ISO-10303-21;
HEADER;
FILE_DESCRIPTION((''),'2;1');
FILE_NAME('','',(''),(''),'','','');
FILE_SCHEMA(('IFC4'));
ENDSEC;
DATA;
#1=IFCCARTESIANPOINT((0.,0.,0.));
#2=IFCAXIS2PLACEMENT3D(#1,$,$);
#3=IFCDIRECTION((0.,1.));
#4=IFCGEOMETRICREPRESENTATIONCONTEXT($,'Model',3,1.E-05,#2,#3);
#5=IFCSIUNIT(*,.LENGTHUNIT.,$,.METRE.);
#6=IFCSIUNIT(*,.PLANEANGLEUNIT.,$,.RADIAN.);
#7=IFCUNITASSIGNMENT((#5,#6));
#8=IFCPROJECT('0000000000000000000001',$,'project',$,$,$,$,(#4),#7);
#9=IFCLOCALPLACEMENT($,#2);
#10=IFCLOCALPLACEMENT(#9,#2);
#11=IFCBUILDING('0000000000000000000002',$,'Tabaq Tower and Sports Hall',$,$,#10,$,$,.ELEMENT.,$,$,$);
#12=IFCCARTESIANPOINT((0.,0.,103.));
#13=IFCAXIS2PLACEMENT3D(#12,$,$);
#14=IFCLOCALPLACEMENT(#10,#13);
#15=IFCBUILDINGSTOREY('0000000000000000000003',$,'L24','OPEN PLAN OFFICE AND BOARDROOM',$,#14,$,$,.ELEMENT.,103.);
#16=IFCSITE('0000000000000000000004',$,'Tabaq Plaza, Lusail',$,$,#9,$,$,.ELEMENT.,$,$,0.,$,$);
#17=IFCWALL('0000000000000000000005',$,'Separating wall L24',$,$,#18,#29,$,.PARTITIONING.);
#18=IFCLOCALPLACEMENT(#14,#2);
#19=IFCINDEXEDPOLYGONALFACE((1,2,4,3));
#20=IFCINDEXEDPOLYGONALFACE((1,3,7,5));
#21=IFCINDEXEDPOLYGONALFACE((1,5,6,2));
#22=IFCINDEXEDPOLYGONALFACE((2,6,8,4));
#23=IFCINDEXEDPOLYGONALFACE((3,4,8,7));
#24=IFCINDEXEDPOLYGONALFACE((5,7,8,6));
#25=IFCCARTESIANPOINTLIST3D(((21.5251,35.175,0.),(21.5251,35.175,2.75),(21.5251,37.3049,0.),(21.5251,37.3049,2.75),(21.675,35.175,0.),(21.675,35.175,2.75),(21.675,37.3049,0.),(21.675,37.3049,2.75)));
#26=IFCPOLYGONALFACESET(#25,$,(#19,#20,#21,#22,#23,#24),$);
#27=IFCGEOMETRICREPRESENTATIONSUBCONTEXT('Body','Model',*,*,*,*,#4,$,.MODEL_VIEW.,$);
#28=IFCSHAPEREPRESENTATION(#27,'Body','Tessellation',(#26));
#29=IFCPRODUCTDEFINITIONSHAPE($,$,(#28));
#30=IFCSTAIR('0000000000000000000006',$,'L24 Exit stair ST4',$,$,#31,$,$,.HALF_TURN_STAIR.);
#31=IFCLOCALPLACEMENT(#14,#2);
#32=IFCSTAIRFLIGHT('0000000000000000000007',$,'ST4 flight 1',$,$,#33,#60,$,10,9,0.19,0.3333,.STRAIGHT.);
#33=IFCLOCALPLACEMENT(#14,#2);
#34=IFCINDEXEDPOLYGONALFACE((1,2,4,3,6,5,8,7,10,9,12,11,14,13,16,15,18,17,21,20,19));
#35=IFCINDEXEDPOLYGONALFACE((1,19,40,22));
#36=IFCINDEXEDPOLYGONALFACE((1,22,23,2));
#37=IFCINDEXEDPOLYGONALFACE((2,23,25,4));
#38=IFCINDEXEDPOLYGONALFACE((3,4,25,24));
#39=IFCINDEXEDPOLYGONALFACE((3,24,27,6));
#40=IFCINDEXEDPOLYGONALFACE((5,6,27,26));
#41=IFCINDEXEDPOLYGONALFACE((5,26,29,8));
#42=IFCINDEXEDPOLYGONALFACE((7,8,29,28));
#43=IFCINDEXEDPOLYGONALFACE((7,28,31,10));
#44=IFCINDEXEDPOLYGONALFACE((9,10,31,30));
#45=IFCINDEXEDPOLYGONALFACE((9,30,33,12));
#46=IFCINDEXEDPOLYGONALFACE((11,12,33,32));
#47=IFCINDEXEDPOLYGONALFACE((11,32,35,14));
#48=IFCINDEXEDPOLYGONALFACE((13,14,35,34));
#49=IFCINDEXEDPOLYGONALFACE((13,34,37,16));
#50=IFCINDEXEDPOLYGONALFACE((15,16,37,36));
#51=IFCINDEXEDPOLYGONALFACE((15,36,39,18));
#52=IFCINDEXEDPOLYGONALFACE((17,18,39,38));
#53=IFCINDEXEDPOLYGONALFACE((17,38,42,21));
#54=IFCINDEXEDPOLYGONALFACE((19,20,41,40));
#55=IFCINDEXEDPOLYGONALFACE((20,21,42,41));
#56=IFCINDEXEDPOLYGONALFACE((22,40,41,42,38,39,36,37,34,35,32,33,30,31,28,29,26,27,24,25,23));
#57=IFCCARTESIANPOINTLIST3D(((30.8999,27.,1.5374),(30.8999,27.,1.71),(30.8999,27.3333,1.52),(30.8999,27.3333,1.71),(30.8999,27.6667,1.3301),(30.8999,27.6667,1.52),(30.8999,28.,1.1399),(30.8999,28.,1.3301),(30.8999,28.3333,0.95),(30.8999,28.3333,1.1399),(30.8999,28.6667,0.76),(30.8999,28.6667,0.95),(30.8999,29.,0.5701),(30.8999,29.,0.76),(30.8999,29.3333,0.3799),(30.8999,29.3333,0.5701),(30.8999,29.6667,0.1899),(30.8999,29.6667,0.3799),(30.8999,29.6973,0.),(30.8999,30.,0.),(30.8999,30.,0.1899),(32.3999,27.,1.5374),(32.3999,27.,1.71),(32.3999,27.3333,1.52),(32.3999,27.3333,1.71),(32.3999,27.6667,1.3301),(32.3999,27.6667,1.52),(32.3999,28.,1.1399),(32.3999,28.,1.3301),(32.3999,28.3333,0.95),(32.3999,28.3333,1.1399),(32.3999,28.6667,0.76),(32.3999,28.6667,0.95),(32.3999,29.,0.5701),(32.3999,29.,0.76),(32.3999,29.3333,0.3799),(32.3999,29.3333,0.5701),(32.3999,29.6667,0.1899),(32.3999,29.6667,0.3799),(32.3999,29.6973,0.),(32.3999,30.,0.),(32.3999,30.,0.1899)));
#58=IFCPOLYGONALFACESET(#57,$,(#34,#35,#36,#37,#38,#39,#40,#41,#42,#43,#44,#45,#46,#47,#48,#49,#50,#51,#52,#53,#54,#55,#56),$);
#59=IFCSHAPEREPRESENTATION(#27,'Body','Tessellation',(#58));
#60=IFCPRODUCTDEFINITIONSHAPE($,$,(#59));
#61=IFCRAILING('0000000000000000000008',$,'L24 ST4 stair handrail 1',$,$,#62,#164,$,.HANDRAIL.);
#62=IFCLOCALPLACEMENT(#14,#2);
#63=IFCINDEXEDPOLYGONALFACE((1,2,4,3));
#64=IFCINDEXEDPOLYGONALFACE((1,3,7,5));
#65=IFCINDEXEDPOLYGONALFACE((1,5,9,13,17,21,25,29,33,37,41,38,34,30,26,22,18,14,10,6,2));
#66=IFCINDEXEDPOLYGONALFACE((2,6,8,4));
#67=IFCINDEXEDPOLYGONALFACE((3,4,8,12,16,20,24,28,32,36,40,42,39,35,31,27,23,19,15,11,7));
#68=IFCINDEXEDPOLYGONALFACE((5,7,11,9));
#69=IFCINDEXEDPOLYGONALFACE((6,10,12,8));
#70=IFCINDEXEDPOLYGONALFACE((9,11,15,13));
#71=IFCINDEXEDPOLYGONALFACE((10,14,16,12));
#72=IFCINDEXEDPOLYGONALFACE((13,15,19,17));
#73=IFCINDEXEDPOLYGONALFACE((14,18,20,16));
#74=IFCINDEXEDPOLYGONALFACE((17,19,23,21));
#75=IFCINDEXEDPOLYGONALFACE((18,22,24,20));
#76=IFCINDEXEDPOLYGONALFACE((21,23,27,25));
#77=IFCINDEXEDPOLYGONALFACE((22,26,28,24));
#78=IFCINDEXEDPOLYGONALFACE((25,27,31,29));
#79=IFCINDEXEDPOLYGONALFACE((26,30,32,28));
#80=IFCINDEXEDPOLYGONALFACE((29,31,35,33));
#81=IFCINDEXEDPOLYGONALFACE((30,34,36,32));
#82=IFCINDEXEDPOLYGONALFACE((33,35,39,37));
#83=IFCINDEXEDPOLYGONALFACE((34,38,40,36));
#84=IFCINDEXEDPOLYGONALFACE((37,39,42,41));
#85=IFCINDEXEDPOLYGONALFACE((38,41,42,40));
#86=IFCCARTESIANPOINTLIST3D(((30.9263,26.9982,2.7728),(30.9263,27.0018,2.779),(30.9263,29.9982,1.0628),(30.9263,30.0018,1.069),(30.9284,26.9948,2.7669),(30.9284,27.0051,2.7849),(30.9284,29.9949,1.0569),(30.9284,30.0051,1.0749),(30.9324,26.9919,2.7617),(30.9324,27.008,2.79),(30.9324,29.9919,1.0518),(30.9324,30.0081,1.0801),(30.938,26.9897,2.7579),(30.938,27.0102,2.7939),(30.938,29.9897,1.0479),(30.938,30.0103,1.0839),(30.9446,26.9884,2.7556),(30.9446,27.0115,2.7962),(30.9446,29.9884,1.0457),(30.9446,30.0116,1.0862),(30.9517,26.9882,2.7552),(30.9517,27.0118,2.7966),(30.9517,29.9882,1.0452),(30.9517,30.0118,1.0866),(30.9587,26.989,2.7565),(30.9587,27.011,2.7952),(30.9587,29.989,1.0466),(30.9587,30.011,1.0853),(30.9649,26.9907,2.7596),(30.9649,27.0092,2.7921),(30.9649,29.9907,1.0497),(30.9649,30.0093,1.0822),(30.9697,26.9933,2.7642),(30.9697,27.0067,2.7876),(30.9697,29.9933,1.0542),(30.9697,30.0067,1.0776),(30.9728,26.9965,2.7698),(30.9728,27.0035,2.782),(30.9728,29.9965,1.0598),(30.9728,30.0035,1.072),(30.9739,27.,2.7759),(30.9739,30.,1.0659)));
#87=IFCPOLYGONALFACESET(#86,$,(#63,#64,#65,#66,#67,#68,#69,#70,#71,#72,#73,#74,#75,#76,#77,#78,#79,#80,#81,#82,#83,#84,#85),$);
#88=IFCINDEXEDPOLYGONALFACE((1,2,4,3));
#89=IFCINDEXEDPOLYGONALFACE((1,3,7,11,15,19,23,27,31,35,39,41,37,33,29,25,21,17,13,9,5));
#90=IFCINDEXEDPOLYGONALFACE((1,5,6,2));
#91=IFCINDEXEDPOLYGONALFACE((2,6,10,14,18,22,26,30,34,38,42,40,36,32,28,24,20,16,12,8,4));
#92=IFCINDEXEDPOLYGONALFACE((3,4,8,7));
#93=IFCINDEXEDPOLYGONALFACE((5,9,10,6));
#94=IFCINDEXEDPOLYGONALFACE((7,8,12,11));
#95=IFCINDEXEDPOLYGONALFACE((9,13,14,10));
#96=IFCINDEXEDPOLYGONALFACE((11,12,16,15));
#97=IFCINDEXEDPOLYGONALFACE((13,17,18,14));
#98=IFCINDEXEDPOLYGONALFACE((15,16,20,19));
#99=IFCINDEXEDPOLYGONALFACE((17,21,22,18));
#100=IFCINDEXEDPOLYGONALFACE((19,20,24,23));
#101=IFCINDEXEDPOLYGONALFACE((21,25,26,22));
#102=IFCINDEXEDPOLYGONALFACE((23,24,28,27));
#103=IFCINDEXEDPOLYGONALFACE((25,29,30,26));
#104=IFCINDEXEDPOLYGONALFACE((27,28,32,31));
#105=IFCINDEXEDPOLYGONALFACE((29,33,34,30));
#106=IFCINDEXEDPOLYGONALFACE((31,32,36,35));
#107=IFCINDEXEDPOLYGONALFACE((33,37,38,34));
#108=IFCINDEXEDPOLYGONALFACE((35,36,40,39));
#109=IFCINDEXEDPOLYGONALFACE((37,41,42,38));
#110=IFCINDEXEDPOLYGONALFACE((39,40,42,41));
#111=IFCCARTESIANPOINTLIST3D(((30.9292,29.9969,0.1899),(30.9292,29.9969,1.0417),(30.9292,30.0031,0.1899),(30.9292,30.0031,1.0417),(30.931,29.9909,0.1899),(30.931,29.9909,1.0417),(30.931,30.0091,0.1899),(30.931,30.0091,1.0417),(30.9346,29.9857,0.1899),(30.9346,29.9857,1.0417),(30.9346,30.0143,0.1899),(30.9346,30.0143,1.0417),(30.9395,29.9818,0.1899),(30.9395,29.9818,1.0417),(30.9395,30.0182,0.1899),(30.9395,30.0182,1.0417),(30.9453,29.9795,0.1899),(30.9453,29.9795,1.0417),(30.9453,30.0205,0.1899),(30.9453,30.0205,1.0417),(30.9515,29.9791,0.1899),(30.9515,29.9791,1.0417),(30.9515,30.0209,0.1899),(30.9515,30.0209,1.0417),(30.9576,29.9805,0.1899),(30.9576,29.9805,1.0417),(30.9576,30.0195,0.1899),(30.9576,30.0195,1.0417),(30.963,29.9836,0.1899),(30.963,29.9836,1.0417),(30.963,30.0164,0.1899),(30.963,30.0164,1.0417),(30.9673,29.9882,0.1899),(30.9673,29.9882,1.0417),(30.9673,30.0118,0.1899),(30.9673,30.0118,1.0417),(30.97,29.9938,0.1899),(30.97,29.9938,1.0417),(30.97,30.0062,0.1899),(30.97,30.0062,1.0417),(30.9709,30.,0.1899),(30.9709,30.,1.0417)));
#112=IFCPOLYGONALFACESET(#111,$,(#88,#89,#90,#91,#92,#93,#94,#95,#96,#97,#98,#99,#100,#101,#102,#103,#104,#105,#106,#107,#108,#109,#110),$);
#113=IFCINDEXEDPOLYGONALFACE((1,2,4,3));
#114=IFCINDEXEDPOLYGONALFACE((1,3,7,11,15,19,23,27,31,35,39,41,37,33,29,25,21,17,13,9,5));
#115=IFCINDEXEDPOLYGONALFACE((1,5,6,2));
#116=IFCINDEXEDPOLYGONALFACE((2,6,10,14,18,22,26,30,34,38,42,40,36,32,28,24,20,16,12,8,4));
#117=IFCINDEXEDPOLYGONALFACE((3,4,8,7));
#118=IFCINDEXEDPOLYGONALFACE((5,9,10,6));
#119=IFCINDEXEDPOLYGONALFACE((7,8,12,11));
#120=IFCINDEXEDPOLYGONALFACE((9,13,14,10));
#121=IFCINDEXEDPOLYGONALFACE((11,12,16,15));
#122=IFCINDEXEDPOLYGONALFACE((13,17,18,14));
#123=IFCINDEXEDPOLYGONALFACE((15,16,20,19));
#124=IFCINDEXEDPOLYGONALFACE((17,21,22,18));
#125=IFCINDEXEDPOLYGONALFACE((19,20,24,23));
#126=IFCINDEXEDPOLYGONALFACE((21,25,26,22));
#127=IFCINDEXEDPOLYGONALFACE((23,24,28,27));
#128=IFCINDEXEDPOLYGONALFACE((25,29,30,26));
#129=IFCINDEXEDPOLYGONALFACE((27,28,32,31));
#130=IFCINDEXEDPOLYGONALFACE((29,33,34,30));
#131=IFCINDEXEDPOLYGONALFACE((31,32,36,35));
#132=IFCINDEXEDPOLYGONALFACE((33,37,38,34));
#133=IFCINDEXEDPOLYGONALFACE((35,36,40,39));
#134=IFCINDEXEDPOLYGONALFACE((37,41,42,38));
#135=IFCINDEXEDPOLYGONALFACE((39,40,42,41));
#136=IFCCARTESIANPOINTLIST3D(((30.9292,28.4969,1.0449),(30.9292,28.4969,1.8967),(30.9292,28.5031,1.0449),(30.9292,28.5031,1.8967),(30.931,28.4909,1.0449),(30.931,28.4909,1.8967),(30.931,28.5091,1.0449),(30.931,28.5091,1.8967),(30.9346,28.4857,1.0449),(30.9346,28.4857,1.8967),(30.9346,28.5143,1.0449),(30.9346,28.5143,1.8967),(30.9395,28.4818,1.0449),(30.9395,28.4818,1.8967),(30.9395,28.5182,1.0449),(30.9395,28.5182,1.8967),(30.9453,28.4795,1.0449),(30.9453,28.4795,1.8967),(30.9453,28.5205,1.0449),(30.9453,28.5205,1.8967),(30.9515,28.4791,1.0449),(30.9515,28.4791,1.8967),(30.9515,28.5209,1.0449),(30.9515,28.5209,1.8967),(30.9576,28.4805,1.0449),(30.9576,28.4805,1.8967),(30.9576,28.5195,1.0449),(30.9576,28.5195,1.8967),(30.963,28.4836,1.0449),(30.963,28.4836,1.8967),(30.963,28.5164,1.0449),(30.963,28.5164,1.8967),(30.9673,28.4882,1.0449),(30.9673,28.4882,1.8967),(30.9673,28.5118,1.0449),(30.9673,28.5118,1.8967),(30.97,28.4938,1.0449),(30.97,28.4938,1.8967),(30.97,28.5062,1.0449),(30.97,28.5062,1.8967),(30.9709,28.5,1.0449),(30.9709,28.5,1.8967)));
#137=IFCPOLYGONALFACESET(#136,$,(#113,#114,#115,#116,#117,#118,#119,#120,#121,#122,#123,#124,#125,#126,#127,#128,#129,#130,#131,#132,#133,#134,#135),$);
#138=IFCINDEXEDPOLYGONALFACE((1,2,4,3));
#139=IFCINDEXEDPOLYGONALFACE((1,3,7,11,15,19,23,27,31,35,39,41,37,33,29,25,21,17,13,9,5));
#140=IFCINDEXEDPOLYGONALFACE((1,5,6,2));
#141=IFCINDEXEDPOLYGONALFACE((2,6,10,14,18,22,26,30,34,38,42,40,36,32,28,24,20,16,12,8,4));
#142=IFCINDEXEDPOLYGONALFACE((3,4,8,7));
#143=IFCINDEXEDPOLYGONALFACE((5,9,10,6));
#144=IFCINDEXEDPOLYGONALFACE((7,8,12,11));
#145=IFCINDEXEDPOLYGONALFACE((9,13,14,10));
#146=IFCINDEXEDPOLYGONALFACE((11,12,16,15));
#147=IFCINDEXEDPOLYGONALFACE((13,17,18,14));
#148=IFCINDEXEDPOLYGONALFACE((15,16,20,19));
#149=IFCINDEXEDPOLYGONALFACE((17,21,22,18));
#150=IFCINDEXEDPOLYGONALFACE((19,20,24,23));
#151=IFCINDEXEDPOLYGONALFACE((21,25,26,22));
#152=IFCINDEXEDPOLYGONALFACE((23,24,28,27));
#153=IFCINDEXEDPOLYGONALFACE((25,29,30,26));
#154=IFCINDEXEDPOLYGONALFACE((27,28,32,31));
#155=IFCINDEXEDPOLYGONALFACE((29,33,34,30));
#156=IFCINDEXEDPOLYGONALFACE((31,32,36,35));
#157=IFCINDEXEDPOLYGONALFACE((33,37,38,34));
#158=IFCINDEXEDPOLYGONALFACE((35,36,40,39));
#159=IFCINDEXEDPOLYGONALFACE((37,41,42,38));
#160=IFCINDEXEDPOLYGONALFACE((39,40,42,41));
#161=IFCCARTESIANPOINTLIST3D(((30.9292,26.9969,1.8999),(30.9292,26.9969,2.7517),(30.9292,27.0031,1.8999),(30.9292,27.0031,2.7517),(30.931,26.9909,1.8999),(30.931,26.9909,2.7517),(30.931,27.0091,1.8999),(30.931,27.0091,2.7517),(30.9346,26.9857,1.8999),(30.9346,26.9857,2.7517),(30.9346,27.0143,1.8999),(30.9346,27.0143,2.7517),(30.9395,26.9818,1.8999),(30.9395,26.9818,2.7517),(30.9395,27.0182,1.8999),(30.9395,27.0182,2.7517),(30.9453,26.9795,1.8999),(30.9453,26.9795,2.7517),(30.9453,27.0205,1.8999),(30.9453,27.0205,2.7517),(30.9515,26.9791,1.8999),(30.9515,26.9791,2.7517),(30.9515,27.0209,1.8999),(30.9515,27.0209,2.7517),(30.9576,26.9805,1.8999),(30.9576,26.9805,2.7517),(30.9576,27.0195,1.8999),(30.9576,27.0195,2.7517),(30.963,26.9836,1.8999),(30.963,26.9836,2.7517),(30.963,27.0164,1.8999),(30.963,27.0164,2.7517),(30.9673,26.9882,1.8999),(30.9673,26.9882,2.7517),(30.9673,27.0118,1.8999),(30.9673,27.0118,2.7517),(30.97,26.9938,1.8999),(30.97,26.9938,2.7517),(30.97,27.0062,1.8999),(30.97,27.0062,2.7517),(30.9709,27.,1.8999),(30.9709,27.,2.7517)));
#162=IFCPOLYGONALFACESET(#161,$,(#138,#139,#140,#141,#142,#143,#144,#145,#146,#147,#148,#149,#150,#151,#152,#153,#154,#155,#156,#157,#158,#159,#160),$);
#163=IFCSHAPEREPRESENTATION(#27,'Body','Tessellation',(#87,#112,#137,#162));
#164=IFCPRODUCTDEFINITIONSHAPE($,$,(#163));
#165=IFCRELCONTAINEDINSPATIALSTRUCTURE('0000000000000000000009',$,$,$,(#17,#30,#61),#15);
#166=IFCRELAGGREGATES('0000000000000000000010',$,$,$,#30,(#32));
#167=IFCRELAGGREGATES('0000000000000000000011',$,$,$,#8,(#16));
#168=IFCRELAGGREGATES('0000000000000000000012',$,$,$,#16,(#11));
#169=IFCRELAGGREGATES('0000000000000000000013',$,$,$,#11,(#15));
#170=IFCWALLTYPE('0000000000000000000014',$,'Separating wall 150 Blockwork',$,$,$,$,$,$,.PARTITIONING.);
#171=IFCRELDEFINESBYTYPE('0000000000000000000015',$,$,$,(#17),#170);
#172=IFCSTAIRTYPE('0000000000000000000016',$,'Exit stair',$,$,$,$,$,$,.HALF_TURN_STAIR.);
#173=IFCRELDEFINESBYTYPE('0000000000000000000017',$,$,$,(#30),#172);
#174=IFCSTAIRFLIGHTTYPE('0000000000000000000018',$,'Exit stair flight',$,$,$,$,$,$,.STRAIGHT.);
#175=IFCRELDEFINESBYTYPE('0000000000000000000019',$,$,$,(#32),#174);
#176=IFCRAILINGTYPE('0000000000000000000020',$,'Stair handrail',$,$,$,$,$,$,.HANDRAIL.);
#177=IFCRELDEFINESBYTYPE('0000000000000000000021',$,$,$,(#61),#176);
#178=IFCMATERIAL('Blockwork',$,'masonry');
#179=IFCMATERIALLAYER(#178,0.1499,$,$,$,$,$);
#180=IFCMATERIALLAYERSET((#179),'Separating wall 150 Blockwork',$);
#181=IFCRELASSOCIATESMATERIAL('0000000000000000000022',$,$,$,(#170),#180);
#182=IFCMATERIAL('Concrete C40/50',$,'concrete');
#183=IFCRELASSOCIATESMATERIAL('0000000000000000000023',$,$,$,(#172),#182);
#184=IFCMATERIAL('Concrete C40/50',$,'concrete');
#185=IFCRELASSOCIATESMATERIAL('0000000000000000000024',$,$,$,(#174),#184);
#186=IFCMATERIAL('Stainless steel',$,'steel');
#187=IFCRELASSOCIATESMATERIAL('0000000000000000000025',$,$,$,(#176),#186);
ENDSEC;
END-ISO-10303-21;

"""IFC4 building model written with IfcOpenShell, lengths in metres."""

from ifc_helpers import new_model, si_unit, direction, frame, frame_2d, origin, origin_2d, place, context, subcontext, project, spatial, polyline, rectangle, circle, outline, extrude, material, layer, layer_set, type_object, element, aggregate, save


model = new_model("IFC4")

# Units and contexts
model_context = context("Model", 3, precision=1e-05, world=origin(), true_north=direction((0.0, 1.0)))
body_context = subcontext(model_context, "Body", "Model", "MODEL_VIEW")
ifc_project = project(units=[si_unit("LENGTHUNIT", "METRE"), si_unit("PLANEANGLEUNIT", "RADIAN")], contexts=[model_context])

# Site, building, storey
site_placement = place(None, origin())
site = spatial("IfcSite", under=ifc_project, at=site_placement, Name="Tabaq Plaza, Lusail", CompositionType="ELEMENT", RefElevation=0.0)
building_placement = place(site_placement, origin())
building = spatial("IfcBuilding", under=site, at=building_placement, Name="Tabaq Tower and Sports Hall", CompositionType="ELEMENT")
storey_placement = place(building_placement, frame((0.0, 0.0, 103.0)))
storey = spatial("IfcBuildingStorey", under=building, at=storey_placement, Name="L24", Description="OPEN PLAN OFFICE AND BOARDROOM", CompositionType="ELEMENT", Elevation=103.0)

# Wall
ifc_material_1 = material(Name="Blockwork", Category="masonry")
ifc_layer_1 = layer(ifc_material_1, 0.1499)
ifc_layer_set_1 = layer_set([ifc_layer_1], Name="Separating wall 150 Blockwork")
wall_type_1 = type_object("IfcWallType", Name="Separating wall 150 Blockwork", PredefinedType="PARTITIONING", material=ifc_layer_set_1)
wall_1_placement = place(storey_placement, frame((21.6001, 35.175, 0.0), z_axis=(0.0, 0.0, 1.0), x_axis=(0.0, 1.0, 0.0)))
element("IfcWall", 1, at=wall_1_placement, inside=storey, type_object=wall_type_1, Name="Separating wall L24", PredefinedType="PARTITIONING", context=body_context, shape_type="SweptSolid", body=[
    extrude(rectangle(XDim=2.1299, YDim=0.1499, at=frame_2d((1.0649, 0.0))), origin(), (0.0, 0.0, 1.0), 2.75),
])

# Stair, stair flight
ifc_material_2 = material(Name="Concrete C40/50", Category="concrete")
stair_type = type_object("IfcStairType", Name="Exit stair", PredefinedType="HALF_TURN_STAIR", material=ifc_material_2)
stair_placement = place(storey_placement, origin())
stair = element("IfcStair", 2, at=stair_placement, inside=storey, type_object=stair_type, Name="L24 Exit stair ST4", PredefinedType="HALF_TURN_STAIR")
ifc_material_3 = material(Name="Concrete C40/50", Category="concrete")
stair_flight_type = type_object("IfcStairFlightType", Name="Exit stair flight", PredefinedType="STRAIGHT", material=ifc_material_3)
stair_flight_placement = place(storey_placement, frame((31.6499, 30.0, 0.0), z_axis=(0.0, 0.0, 1.0), x_axis=(0.0, -1.0, 0.0)))
stair_flight = element("IfcStairFlight", 3, at=stair_flight_placement, type_object=stair_flight_type, Name="ST4 flight 1", NumberOfRisers=10, NumberOfTreads=9, PredefinedType="STRAIGHT", RiserHeight=0.19, TreadLength=0.3333, context=body_context, shape_type="SweptSolid", body=[
    extrude(outline(polyline([(0.0, 0.0), (0.0, 0.1899), (0.3333, 0.1899), (0.3333, 0.3799), (0.6667, 0.3799), (0.6667, 0.5701), (1.0, 0.5701), (1.0, 0.76), (1.3333, 0.76), (1.3333, 0.95), (1.6667, 0.95), (1.6667, 1.1399), (2.0, 1.1399), (2.0, 1.3301), (2.3333, 1.3301), (2.3333, 1.52), (2.6667, 1.52), (2.6667, 1.71), (3.0, 1.71), (3.0, 1.8999), (3.0, 1.5374), (0.3027, 0.0), (0.0, 0.0)])), frame((0.0, 0.75, 0.0), z_axis=(0.0, -1.0, 0.0), x_axis=(1.0, 0.0, 0.0)), (0.0, 0.0, 1.0), 1.5),
])
aggregate(stair, [stair_flight])

# Railing
ifc_material_4 = material(Name="Stainless steel", Category="steel")
railing_type = type_object("IfcRailingType", Name="Stair handrail", PredefinedType="HANDRAIL", material=ifc_material_4)
railing_placement = place(storey_placement, frame((30.95, 30.0, 0.1899)))
element("IfcRailing", 4, at=railing_placement, inside=storey, type_object=railing_type, Name="L24 ST4 stair handrail 1", PredefinedType="HANDRAIL", context=body_context, shape_type="SweptSolid", body=[
    extrude(circle(Radius=0.0239, at=origin_2d()), frame((0.0, 0.0, 0.876), z_axis=(0.0, -0.868782, 0.495195), x_axis=(1.0, 0.0, 0.0)), (0.0, 0.0, 1.0), 3.4531),
    extrude(circle(Radius=0.021, at=origin_2d()), origin(), (0.0, 0.0, 1.0), 0.8518),
    extrude(circle(Radius=0.021, at=origin_2d()), frame((0.0, -1.5, 0.855)), (0.0, 0.0, 1.0), 0.8518),
    extrude(circle(Radius=0.021, at=origin_2d()), frame((0.0, -3.0, 1.71)), (0.0, 0.0, 1.0), 0.8518),
])

save(model, "model.ifc")
